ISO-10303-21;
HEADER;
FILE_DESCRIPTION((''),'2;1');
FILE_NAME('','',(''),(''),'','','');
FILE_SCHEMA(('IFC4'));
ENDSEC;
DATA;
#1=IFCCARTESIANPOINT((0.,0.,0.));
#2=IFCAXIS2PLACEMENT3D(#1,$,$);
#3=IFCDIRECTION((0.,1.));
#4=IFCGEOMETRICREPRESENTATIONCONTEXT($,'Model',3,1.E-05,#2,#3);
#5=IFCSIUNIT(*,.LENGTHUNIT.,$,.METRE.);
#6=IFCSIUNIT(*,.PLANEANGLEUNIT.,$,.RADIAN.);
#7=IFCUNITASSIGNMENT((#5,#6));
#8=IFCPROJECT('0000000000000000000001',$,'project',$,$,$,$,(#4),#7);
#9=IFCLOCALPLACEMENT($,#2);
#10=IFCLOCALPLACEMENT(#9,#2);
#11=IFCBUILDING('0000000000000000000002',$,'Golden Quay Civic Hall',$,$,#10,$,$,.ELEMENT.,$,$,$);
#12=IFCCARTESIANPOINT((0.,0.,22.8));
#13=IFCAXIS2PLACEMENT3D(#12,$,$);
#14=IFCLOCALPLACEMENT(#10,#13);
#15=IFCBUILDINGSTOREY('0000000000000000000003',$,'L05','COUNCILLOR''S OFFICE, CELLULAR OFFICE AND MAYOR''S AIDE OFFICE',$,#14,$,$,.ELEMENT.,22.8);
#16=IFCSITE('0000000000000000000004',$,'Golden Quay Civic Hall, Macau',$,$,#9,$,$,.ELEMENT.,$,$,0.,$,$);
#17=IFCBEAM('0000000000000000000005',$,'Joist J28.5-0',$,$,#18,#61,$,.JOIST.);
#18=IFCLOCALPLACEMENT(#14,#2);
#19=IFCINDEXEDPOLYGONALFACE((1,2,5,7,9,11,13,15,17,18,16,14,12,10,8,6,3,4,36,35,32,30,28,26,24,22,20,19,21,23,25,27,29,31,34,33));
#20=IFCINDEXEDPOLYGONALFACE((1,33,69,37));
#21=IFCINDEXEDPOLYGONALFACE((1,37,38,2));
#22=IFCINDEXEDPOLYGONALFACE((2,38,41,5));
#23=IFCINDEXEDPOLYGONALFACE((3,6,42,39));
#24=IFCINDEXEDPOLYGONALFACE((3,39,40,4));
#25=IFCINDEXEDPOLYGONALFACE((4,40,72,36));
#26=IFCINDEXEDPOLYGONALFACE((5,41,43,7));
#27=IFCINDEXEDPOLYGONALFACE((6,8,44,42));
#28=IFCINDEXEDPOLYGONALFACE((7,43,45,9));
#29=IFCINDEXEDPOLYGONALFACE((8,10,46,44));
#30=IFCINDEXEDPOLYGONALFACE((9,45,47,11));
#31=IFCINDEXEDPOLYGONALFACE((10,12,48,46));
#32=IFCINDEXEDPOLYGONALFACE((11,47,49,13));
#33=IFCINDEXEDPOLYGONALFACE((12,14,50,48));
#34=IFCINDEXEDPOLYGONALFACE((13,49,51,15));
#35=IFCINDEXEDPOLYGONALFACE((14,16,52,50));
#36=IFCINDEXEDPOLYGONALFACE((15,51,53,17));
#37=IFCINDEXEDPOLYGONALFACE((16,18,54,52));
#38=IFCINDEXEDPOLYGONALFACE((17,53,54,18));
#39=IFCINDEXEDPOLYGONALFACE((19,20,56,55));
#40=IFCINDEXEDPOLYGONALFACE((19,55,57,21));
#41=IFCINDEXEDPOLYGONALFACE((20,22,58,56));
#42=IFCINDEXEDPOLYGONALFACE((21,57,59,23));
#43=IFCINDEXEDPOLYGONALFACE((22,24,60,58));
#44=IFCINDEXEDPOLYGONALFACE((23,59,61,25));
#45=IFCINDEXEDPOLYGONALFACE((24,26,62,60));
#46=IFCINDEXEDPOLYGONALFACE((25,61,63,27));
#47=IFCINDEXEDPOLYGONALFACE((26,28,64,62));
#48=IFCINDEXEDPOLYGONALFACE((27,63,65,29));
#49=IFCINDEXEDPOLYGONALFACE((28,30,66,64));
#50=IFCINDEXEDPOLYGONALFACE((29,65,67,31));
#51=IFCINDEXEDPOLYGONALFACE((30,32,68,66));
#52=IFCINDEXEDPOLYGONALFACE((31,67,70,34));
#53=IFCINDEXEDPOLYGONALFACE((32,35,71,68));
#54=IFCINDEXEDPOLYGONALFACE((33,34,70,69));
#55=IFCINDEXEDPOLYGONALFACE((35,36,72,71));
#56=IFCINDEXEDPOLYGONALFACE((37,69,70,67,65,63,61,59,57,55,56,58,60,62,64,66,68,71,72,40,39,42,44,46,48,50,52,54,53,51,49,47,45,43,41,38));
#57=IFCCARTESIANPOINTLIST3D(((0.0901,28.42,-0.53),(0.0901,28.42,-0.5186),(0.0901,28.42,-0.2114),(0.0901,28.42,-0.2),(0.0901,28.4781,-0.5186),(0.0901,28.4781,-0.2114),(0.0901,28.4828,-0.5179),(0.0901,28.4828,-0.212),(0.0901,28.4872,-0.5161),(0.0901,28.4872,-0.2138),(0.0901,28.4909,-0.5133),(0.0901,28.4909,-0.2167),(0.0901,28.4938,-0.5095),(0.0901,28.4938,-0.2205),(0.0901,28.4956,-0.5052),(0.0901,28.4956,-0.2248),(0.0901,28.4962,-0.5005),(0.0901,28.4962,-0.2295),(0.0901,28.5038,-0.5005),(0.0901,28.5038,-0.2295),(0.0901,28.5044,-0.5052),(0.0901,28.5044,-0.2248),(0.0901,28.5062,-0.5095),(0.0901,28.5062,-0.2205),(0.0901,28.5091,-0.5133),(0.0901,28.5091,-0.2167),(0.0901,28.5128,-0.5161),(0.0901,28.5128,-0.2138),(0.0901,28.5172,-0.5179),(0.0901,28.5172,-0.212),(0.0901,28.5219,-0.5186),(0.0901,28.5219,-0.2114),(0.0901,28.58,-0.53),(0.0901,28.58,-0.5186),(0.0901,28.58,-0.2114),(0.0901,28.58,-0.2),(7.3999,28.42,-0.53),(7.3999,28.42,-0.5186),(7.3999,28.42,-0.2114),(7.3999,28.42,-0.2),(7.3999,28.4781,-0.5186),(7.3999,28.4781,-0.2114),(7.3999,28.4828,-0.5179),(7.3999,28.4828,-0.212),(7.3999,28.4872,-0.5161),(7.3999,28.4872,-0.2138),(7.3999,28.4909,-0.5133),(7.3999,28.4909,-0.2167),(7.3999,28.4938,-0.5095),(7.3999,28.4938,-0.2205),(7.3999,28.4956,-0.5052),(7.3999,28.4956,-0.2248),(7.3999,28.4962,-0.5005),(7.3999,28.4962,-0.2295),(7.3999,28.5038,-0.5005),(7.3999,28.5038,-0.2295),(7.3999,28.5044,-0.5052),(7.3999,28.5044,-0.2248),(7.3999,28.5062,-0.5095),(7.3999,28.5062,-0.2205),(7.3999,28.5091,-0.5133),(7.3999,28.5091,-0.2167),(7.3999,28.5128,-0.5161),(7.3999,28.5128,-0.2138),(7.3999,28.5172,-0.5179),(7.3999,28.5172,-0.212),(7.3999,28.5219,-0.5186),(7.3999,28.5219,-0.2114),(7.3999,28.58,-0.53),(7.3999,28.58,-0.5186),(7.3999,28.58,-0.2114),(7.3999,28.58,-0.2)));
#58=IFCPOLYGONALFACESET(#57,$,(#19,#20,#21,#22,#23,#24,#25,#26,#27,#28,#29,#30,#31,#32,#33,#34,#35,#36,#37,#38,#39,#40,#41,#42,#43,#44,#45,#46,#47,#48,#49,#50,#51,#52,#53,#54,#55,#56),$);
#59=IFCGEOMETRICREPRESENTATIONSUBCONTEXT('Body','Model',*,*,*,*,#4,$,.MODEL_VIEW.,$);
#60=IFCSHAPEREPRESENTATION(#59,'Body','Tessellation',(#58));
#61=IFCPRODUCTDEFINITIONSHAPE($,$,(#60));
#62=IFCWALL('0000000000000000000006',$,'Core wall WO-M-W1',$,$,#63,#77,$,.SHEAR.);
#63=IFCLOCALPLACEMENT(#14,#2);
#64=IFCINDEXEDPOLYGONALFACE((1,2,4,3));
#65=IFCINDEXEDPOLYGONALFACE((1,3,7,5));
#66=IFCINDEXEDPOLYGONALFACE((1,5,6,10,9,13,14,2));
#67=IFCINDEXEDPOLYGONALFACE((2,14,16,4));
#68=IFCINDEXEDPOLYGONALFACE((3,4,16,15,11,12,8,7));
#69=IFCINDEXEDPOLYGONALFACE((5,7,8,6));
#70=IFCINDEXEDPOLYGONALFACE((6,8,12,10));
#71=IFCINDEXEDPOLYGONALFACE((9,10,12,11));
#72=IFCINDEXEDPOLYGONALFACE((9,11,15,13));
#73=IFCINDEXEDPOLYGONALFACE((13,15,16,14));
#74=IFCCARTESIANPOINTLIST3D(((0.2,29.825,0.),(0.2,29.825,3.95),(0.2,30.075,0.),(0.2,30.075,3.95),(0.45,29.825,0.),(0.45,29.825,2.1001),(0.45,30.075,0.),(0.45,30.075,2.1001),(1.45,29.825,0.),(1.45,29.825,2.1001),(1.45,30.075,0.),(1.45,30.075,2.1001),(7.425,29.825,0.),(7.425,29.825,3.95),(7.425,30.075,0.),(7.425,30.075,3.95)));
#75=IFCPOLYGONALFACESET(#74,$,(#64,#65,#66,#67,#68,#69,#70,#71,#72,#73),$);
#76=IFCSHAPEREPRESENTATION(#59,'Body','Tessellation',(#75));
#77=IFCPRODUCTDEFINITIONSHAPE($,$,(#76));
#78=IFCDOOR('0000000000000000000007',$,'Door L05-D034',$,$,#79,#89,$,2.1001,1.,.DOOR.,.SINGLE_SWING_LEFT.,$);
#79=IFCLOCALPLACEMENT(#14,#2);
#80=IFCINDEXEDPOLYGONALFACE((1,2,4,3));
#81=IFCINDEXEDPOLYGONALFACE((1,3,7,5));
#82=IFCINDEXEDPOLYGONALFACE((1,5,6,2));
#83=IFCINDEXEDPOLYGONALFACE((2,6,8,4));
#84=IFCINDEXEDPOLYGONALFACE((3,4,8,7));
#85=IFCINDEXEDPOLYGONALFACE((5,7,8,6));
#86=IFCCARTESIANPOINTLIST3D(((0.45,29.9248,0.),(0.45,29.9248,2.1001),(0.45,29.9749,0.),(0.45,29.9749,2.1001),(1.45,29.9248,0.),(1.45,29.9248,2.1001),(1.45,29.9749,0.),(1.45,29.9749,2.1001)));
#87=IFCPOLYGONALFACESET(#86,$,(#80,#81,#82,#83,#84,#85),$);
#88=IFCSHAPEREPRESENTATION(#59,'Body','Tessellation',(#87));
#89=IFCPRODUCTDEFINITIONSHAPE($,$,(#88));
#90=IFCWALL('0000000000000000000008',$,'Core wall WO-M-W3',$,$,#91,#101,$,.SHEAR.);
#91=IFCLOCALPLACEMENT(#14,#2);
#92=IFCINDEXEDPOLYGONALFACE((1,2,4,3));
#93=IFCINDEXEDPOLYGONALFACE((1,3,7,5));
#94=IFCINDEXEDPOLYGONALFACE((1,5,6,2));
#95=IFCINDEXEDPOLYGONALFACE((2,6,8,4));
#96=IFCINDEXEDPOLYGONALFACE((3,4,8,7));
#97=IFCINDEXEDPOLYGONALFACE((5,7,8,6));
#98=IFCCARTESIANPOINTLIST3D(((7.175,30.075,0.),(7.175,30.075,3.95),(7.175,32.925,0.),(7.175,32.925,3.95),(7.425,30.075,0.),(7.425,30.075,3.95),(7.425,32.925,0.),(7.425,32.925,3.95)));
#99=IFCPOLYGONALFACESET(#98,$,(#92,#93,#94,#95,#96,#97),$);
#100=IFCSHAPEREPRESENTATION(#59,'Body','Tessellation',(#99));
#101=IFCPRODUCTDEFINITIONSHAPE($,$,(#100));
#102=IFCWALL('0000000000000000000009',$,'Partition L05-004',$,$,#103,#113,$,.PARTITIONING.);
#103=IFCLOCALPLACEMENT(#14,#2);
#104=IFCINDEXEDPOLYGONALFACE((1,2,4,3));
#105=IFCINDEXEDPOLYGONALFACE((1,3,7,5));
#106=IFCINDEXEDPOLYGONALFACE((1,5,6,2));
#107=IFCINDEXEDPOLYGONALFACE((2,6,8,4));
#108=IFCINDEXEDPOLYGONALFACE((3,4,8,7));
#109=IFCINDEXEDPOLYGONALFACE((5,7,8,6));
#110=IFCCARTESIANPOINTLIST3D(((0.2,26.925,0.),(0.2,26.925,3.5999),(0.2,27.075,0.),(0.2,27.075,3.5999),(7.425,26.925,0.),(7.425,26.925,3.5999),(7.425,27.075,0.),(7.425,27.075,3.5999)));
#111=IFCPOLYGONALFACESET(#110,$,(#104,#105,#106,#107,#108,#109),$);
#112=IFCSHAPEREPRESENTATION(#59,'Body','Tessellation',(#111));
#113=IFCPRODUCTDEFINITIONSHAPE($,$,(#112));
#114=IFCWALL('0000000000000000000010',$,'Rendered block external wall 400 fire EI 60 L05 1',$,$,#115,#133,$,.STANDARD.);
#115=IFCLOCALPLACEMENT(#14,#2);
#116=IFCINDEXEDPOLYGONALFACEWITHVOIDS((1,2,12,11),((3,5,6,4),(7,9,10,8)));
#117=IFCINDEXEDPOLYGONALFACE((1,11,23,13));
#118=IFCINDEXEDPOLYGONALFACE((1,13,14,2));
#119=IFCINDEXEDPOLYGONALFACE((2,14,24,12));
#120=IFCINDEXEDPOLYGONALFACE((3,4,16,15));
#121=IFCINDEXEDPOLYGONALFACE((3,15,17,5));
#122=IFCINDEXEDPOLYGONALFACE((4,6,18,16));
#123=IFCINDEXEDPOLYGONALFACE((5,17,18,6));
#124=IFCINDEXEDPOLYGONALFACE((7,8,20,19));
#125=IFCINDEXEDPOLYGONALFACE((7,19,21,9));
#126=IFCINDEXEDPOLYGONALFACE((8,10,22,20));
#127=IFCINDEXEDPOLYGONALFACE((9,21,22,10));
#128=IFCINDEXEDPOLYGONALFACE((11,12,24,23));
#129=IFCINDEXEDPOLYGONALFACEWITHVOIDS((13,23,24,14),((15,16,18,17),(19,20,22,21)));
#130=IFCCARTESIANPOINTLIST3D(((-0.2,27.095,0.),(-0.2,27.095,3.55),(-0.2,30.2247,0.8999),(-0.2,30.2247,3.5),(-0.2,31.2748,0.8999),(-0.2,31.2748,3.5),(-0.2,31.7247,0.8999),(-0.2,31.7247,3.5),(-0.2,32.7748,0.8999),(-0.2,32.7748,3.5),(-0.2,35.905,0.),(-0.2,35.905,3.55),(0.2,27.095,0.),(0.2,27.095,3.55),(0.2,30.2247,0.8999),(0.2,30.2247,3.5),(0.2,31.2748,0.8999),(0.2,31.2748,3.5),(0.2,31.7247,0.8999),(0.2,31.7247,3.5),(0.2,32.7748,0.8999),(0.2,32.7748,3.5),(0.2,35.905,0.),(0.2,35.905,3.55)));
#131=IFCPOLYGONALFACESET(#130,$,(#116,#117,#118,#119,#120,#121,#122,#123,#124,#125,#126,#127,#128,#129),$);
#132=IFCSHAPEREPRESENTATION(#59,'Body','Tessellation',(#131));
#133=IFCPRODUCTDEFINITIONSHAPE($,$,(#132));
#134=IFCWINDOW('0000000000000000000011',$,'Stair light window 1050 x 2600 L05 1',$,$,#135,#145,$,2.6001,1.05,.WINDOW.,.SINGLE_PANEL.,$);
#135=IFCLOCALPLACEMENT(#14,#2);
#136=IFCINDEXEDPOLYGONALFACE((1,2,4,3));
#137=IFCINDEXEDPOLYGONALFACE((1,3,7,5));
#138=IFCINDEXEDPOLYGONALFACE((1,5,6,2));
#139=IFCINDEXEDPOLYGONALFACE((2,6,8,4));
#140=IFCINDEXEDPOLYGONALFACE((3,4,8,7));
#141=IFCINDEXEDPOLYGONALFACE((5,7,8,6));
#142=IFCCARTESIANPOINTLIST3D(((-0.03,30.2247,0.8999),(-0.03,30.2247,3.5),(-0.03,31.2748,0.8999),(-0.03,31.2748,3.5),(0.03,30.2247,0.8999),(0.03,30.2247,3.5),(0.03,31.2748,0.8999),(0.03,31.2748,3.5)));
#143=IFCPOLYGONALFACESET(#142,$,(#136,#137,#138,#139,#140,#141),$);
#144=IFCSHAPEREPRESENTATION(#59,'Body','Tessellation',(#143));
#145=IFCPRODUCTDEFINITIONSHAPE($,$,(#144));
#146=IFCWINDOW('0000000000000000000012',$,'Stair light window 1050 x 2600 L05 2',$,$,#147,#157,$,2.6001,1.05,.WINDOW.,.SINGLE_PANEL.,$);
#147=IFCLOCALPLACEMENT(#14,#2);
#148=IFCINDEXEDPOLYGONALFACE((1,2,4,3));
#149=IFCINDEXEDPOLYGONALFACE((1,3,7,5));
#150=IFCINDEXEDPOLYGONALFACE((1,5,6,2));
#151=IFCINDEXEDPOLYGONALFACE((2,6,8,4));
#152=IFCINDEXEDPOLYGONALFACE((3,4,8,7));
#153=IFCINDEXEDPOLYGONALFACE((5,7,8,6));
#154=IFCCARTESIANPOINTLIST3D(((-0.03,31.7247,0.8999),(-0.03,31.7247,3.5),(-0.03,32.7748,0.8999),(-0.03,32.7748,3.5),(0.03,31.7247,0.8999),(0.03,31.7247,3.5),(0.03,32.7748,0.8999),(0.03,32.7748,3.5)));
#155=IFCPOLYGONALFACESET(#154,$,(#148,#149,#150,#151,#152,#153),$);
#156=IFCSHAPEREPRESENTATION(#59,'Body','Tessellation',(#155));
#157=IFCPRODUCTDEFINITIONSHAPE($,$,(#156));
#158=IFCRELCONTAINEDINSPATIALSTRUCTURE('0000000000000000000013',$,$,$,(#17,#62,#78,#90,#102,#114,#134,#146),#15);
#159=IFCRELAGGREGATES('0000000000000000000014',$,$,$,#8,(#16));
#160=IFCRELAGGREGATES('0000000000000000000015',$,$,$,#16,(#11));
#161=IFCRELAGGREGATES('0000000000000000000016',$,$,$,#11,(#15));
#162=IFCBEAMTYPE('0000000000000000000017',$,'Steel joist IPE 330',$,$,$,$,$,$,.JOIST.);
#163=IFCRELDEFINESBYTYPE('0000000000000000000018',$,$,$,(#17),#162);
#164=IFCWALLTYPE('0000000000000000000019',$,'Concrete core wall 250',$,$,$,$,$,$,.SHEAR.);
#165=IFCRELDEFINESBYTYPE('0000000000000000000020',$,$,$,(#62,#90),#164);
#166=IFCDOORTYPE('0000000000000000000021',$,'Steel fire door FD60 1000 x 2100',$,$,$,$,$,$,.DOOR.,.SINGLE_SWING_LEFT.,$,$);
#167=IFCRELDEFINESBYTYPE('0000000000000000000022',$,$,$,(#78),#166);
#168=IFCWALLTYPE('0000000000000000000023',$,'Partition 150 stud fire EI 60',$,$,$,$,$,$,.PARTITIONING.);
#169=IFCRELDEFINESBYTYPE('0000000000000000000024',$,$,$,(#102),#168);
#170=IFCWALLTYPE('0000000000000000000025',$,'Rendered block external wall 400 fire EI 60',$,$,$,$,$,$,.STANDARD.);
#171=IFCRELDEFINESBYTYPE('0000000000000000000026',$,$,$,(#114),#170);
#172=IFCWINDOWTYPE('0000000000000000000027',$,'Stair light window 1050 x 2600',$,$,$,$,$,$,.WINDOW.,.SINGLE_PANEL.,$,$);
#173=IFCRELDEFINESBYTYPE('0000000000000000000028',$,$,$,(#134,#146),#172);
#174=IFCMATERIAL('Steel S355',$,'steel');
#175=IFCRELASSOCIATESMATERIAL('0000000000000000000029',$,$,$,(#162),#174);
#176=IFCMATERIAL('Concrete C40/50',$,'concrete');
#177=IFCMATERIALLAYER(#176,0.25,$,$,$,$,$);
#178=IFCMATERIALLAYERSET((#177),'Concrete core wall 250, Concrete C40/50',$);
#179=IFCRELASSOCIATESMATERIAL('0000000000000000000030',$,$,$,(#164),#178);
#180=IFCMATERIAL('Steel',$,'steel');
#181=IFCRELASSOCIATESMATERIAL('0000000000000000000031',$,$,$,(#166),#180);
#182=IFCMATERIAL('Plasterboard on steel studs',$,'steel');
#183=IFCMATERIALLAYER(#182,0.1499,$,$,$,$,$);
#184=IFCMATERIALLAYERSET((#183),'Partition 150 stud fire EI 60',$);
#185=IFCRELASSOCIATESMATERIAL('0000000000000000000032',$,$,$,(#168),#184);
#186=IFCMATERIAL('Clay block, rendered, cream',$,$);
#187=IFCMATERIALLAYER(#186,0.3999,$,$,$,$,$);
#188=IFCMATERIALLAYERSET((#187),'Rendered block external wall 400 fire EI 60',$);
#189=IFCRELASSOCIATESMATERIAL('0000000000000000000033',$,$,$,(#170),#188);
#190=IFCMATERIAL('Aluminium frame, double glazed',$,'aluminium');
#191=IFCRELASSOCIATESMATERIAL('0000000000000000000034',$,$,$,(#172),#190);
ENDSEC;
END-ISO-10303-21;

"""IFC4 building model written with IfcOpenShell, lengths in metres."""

from ifc_helpers import new_model, si_unit, direction, frame, frame_2d, origin, origin_2d, place, context, subcontext, project, spatial, rectangle, i_section, extrude, material, layer, layer_set, material_profile, profile_set, type_object, element, fill, save


model = new_model("IFC4")

# Units and contexts
model_context = context("Model", 3, precision=1e-05, world=origin(), true_north=direction((0.0, 1.0)))
body_context = subcontext(model_context, "Body", "Model", "MODEL_VIEW")
ifc_project = project(units=[si_unit("LENGTHUNIT", "METRE"), si_unit("PLANEANGLEUNIT", "RADIAN")], contexts=[model_context])

# Site, building, storey
site_placement = place(None, origin())
site = spatial("IfcSite", under=ifc_project, at=site_placement, Name="Golden Quay Civic Hall, Macau", CompositionType="ELEMENT", RefElevation=0.0)
building_placement = place(site_placement, origin())
building = spatial("IfcBuilding", under=site, at=building_placement, Name="Golden Quay Civic Hall", CompositionType="ELEMENT")
storey_placement = place(building_placement, frame((0.0, 0.0, 22.8)))
storey = spatial("IfcBuildingStorey", under=building, at=storey_placement, Name="L05", Description="COUNCILLOR'S OFFICE, CELLULAR OFFICE AND MAYOR'S AIDE OFFICE", CompositionType="ELEMENT", Elevation=22.8)

# Beam
ifc_material_1 = material(Name="Steel S355", Category="steel")
ifc_material_profile_1 = material_profile(ifc_material_1, i_section(OverallWidth=0.1599, OverallDepth=0.3301, WebThickness=0.0076, FlangeThickness=0.0115, FilletRadius=0.0181, at=origin_2d()), Name="IPE 330")
ifc_profile_set_1 = profile_set([ifc_material_profile_1], Name="Steel S355")
beam_type_1 = type_object("IfcBeamType", Name="Steel joist IPE 330", PredefinedType="JOIST", material=ifc_profile_set_1)
beam_1_placement = place(storey_placement, frame((0.0901, 28.5, -0.365), z_axis=(1.0, 0.0, 0.0), x_axis=(0.0, 1.0, 0.0)))
element("IfcBeam", 1, at=beam_1_placement, inside=storey, type_object=beam_type_1, Name="Joist J28.5-0", PredefinedType="JOIST", context=body_context, shape_type="SweptSolid", body=[
    extrude(i_section(OverallWidth=0.1599, OverallDepth=0.3301, WebThickness=0.0076, FlangeThickness=0.0115, FilletRadius=0.0181, at=origin_2d()), origin(), (0.0, 0.0, 1.0), 7.3098),
])

# Wall, opening, door
ifc_material_2 = material(Name="Concrete C40/50", Category="concrete")
ifc_layer_1 = layer(ifc_material_2, 0.25)
ifc_layer_set_1 = layer_set([ifc_layer_1], Name="Concrete core wall 250, Concrete C40/50")
wall_type_1 = type_object("IfcWallType", Name="Concrete core wall 250", PredefinedType="SHEAR", material=ifc_layer_set_1)
wall_1_placement = place(storey_placement, frame((0.2, 29.95, 0.0), z_axis=(0.0, 0.0, 1.0), x_axis=(1.0, 0.0, 0.0)))
wall_1 = element("IfcWall", 2, at=wall_1_placement, inside=storey, type_object=wall_type_1, Name="Core wall WO-M-W1", PredefinedType="SHEAR", context=body_context, shape_type="SweptSolid", body=[
    extrude(rectangle(XDim=7.2251, YDim=0.25, at=frame_2d((3.6125, 0.0))), origin(), (0.0, 0.0, 1.0), 3.95),
])
opening_1_placement = place(wall_1_placement, frame((0.25, 0.0, 0.0)))
opening_1 = element("IfcOpeningElement", 3, at=opening_1_placement, cuts=wall_1, PredefinedType="OPENING", context=body_context, shape_type="SweptSolid", body=[
    extrude(rectangle(XDim=1.0, YDim=2.1001, at=frame_2d((0.5, 1.05))), frame((0.0, 0.135, 0.0), z_axis=(0.0, -1.0, 0.0), x_axis=(1.0, 0.0, 0.0)), (0.0, 0.0, 1.0), 0.27),
])
ifc_material_3 = material(Name="Steel", Category="steel")
door_type = type_object("IfcDoorType", Name="Steel fire door FD60 1000 x 2100", OperationType="SINGLE_SWING_LEFT", PredefinedType="DOOR", material=ifc_material_3)
door_placement = place(opening_1_placement, origin())
door = element("IfcDoor", 4, at=door_placement, inside=storey, type_object=door_type, Name="Door L05-D034", OperationType="SINGLE_SWING_LEFT", OverallHeight=2.1001, OverallWidth=1.0, PredefinedType="DOOR", context=body_context, shape_type="SweptSolid", body=[
    extrude(rectangle(XDim=1.0, YDim=2.1001, at=frame_2d((0.5, 1.05))), frame((0.0, 0.0249, 0.0), z_axis=(0.0, -1.0, 0.0), x_axis=(1.0, 0.0, 0.0)), (0.0, 0.0, 1.0), 0.05),
])
fill(opening_1, door)

# Walls
wall_2_placement = place(storey_placement, frame((7.3, 30.075, 0.0), z_axis=(0.0, 0.0, 1.0), x_axis=(0.0, 1.0, 0.0)))
element("IfcWall", 5, at=wall_2_placement, inside=storey, type_object=wall_type_1, Name="Core wall WO-M-W3", PredefinedType="SHEAR", context=body_context, shape_type="SweptSolid", body=[
    extrude(rectangle(XDim=2.8501, YDim=0.25, at=frame_2d((1.425, 0.0))), origin(), (0.0, 0.0, 1.0), 3.95),
])
ifc_material_4 = material(Name="Plasterboard on steel studs", Category="steel")
ifc_layer_2 = layer(ifc_material_4, 0.1499)
ifc_layer_set_2 = layer_set([ifc_layer_2], Name="Partition 150 stud fire EI 60")
wall_type_2 = type_object("IfcWallType", Name="Partition 150 stud fire EI 60", PredefinedType="PARTITIONING", material=ifc_layer_set_2)
wall_3_placement = place(storey_placement, frame((0.2, 27.0, 0.0), z_axis=(0.0, 0.0, 1.0), x_axis=(1.0, 0.0, 0.0)))
element("IfcWall", 6, at=wall_3_placement, inside=storey, type_object=wall_type_2, Name="Partition L05-004", PredefinedType="PARTITIONING", context=body_context, shape_type="SweptSolid", body=[
    extrude(rectangle(XDim=7.2251, YDim=0.1499, at=frame_2d((3.6125, 0.0))), origin(), (0.0, 0.0, 1.0), 3.5999),
])

# Wall, openings, windows
ifc_material_5 = material(Name="Clay block, rendered, cream")
ifc_layer_3 = layer(ifc_material_5, 0.3999)
ifc_layer_set_3 = layer_set([ifc_layer_3], Name="Rendered block external wall 400 fire EI 60")
wall_type_3 = type_object("IfcWallType", Name="Rendered block external wall 400 fire EI 60", PredefinedType="STANDARD", material=ifc_layer_set_3)
wall_4_placement = place(storey_placement, frame((0.0, 27.095, 0.0), z_axis=(0.0, 0.0, 1.0), x_axis=(0.0, 1.0, 0.0)))
wall_4 = element("IfcWall", 7, at=wall_4_placement, inside=storey, type_object=wall_type_3, Name="Rendered block external wall 400 fire EI 60 L05 1", PredefinedType="STANDARD", context=body_context, shape_type="SweptSolid", body=[
    extrude(rectangle(XDim=8.8101, YDim=0.3999, at=frame_2d((4.405, 0.0))), origin(), (0.0, 0.0, 1.0), 3.55),
])
opening_2_placement = place(wall_4_placement, frame((3.1299, 0.0, 0.8999)))
opening_2 = element("IfcOpeningElement", 8, at=opening_2_placement, cuts=wall_4, PredefinedType="OPENING", context=body_context, shape_type="SweptSolid", body=[
    extrude(rectangle(XDim=1.05, YDim=2.6001, at=frame_2d((0.5249, 1.3))), frame((0.0, 0.21, 0.0), z_axis=(0.0, -1.0, 0.0), x_axis=(1.0, 0.0, 0.0)), (0.0, 0.0, 1.0), 0.4199),
])
opening_3_placement = place(wall_4_placement, frame((4.6299, 0.0, 0.8999)))
opening_3 = element("IfcOpeningElement", 9, at=opening_3_placement, cuts=wall_4, PredefinedType="OPENING", context=body_context, shape_type="SweptSolid", body=[
    extrude(rectangle(XDim=1.05, YDim=2.6001, at=frame_2d((0.5249, 1.3))), frame((0.0, 0.21, 0.0), z_axis=(0.0, -1.0, 0.0), x_axis=(1.0, 0.0, 0.0)), (0.0, 0.0, 1.0), 0.4199),
])
ifc_material_6 = material(Name="Aluminium frame, double glazed", Category="aluminium")
window_type = type_object("IfcWindowType", Name="Stair light window 1050 x 2600", PartitioningType="SINGLE_PANEL", PredefinedType="WINDOW", material=ifc_material_6)
window_1_placement = place(opening_2_placement, origin())
window_1 = element("IfcWindow", 10, at=window_1_placement, inside=storey, type_object=window_type, Name="Stair light window 1050 x 2600 L05 1", OverallHeight=2.6001, OverallWidth=1.05, PartitioningType="SINGLE_PANEL", PredefinedType="WINDOW", context=body_context, shape_type="SweptSolid", body=[
    extrude(rectangle(XDim=1.05, YDim=2.6001, at=frame_2d((0.5249, 1.3))), frame((0.0, 0.03, 0.0), z_axis=(0.0, -1.0, 0.0), x_axis=(1.0, 0.0, 0.0)), (0.0, 0.0, 1.0), 0.0601),
])
fill(opening_2, window_1)
window_2_placement = place(opening_3_placement, origin())
window_2 = element("IfcWindow", 11, at=window_2_placement, inside=storey, type_object=window_type, Name="Stair light window 1050 x 2600 L05 2", OverallHeight=2.6001, OverallWidth=1.05, PartitioningType="SINGLE_PANEL", PredefinedType="WINDOW", context=body_context, shape_type="SweptSolid", body=[
    extrude(rectangle(XDim=1.05, YDim=2.6001, at=frame_2d((0.5249, 1.3))), frame((0.0, 0.03, 0.0), z_axis=(0.0, -1.0, 0.0), x_axis=(1.0, 0.0, 0.0)), (0.0, 0.0, 1.0), 0.0601),
])
fill(opening_3, window_2)

save(model, "model.ifc")
